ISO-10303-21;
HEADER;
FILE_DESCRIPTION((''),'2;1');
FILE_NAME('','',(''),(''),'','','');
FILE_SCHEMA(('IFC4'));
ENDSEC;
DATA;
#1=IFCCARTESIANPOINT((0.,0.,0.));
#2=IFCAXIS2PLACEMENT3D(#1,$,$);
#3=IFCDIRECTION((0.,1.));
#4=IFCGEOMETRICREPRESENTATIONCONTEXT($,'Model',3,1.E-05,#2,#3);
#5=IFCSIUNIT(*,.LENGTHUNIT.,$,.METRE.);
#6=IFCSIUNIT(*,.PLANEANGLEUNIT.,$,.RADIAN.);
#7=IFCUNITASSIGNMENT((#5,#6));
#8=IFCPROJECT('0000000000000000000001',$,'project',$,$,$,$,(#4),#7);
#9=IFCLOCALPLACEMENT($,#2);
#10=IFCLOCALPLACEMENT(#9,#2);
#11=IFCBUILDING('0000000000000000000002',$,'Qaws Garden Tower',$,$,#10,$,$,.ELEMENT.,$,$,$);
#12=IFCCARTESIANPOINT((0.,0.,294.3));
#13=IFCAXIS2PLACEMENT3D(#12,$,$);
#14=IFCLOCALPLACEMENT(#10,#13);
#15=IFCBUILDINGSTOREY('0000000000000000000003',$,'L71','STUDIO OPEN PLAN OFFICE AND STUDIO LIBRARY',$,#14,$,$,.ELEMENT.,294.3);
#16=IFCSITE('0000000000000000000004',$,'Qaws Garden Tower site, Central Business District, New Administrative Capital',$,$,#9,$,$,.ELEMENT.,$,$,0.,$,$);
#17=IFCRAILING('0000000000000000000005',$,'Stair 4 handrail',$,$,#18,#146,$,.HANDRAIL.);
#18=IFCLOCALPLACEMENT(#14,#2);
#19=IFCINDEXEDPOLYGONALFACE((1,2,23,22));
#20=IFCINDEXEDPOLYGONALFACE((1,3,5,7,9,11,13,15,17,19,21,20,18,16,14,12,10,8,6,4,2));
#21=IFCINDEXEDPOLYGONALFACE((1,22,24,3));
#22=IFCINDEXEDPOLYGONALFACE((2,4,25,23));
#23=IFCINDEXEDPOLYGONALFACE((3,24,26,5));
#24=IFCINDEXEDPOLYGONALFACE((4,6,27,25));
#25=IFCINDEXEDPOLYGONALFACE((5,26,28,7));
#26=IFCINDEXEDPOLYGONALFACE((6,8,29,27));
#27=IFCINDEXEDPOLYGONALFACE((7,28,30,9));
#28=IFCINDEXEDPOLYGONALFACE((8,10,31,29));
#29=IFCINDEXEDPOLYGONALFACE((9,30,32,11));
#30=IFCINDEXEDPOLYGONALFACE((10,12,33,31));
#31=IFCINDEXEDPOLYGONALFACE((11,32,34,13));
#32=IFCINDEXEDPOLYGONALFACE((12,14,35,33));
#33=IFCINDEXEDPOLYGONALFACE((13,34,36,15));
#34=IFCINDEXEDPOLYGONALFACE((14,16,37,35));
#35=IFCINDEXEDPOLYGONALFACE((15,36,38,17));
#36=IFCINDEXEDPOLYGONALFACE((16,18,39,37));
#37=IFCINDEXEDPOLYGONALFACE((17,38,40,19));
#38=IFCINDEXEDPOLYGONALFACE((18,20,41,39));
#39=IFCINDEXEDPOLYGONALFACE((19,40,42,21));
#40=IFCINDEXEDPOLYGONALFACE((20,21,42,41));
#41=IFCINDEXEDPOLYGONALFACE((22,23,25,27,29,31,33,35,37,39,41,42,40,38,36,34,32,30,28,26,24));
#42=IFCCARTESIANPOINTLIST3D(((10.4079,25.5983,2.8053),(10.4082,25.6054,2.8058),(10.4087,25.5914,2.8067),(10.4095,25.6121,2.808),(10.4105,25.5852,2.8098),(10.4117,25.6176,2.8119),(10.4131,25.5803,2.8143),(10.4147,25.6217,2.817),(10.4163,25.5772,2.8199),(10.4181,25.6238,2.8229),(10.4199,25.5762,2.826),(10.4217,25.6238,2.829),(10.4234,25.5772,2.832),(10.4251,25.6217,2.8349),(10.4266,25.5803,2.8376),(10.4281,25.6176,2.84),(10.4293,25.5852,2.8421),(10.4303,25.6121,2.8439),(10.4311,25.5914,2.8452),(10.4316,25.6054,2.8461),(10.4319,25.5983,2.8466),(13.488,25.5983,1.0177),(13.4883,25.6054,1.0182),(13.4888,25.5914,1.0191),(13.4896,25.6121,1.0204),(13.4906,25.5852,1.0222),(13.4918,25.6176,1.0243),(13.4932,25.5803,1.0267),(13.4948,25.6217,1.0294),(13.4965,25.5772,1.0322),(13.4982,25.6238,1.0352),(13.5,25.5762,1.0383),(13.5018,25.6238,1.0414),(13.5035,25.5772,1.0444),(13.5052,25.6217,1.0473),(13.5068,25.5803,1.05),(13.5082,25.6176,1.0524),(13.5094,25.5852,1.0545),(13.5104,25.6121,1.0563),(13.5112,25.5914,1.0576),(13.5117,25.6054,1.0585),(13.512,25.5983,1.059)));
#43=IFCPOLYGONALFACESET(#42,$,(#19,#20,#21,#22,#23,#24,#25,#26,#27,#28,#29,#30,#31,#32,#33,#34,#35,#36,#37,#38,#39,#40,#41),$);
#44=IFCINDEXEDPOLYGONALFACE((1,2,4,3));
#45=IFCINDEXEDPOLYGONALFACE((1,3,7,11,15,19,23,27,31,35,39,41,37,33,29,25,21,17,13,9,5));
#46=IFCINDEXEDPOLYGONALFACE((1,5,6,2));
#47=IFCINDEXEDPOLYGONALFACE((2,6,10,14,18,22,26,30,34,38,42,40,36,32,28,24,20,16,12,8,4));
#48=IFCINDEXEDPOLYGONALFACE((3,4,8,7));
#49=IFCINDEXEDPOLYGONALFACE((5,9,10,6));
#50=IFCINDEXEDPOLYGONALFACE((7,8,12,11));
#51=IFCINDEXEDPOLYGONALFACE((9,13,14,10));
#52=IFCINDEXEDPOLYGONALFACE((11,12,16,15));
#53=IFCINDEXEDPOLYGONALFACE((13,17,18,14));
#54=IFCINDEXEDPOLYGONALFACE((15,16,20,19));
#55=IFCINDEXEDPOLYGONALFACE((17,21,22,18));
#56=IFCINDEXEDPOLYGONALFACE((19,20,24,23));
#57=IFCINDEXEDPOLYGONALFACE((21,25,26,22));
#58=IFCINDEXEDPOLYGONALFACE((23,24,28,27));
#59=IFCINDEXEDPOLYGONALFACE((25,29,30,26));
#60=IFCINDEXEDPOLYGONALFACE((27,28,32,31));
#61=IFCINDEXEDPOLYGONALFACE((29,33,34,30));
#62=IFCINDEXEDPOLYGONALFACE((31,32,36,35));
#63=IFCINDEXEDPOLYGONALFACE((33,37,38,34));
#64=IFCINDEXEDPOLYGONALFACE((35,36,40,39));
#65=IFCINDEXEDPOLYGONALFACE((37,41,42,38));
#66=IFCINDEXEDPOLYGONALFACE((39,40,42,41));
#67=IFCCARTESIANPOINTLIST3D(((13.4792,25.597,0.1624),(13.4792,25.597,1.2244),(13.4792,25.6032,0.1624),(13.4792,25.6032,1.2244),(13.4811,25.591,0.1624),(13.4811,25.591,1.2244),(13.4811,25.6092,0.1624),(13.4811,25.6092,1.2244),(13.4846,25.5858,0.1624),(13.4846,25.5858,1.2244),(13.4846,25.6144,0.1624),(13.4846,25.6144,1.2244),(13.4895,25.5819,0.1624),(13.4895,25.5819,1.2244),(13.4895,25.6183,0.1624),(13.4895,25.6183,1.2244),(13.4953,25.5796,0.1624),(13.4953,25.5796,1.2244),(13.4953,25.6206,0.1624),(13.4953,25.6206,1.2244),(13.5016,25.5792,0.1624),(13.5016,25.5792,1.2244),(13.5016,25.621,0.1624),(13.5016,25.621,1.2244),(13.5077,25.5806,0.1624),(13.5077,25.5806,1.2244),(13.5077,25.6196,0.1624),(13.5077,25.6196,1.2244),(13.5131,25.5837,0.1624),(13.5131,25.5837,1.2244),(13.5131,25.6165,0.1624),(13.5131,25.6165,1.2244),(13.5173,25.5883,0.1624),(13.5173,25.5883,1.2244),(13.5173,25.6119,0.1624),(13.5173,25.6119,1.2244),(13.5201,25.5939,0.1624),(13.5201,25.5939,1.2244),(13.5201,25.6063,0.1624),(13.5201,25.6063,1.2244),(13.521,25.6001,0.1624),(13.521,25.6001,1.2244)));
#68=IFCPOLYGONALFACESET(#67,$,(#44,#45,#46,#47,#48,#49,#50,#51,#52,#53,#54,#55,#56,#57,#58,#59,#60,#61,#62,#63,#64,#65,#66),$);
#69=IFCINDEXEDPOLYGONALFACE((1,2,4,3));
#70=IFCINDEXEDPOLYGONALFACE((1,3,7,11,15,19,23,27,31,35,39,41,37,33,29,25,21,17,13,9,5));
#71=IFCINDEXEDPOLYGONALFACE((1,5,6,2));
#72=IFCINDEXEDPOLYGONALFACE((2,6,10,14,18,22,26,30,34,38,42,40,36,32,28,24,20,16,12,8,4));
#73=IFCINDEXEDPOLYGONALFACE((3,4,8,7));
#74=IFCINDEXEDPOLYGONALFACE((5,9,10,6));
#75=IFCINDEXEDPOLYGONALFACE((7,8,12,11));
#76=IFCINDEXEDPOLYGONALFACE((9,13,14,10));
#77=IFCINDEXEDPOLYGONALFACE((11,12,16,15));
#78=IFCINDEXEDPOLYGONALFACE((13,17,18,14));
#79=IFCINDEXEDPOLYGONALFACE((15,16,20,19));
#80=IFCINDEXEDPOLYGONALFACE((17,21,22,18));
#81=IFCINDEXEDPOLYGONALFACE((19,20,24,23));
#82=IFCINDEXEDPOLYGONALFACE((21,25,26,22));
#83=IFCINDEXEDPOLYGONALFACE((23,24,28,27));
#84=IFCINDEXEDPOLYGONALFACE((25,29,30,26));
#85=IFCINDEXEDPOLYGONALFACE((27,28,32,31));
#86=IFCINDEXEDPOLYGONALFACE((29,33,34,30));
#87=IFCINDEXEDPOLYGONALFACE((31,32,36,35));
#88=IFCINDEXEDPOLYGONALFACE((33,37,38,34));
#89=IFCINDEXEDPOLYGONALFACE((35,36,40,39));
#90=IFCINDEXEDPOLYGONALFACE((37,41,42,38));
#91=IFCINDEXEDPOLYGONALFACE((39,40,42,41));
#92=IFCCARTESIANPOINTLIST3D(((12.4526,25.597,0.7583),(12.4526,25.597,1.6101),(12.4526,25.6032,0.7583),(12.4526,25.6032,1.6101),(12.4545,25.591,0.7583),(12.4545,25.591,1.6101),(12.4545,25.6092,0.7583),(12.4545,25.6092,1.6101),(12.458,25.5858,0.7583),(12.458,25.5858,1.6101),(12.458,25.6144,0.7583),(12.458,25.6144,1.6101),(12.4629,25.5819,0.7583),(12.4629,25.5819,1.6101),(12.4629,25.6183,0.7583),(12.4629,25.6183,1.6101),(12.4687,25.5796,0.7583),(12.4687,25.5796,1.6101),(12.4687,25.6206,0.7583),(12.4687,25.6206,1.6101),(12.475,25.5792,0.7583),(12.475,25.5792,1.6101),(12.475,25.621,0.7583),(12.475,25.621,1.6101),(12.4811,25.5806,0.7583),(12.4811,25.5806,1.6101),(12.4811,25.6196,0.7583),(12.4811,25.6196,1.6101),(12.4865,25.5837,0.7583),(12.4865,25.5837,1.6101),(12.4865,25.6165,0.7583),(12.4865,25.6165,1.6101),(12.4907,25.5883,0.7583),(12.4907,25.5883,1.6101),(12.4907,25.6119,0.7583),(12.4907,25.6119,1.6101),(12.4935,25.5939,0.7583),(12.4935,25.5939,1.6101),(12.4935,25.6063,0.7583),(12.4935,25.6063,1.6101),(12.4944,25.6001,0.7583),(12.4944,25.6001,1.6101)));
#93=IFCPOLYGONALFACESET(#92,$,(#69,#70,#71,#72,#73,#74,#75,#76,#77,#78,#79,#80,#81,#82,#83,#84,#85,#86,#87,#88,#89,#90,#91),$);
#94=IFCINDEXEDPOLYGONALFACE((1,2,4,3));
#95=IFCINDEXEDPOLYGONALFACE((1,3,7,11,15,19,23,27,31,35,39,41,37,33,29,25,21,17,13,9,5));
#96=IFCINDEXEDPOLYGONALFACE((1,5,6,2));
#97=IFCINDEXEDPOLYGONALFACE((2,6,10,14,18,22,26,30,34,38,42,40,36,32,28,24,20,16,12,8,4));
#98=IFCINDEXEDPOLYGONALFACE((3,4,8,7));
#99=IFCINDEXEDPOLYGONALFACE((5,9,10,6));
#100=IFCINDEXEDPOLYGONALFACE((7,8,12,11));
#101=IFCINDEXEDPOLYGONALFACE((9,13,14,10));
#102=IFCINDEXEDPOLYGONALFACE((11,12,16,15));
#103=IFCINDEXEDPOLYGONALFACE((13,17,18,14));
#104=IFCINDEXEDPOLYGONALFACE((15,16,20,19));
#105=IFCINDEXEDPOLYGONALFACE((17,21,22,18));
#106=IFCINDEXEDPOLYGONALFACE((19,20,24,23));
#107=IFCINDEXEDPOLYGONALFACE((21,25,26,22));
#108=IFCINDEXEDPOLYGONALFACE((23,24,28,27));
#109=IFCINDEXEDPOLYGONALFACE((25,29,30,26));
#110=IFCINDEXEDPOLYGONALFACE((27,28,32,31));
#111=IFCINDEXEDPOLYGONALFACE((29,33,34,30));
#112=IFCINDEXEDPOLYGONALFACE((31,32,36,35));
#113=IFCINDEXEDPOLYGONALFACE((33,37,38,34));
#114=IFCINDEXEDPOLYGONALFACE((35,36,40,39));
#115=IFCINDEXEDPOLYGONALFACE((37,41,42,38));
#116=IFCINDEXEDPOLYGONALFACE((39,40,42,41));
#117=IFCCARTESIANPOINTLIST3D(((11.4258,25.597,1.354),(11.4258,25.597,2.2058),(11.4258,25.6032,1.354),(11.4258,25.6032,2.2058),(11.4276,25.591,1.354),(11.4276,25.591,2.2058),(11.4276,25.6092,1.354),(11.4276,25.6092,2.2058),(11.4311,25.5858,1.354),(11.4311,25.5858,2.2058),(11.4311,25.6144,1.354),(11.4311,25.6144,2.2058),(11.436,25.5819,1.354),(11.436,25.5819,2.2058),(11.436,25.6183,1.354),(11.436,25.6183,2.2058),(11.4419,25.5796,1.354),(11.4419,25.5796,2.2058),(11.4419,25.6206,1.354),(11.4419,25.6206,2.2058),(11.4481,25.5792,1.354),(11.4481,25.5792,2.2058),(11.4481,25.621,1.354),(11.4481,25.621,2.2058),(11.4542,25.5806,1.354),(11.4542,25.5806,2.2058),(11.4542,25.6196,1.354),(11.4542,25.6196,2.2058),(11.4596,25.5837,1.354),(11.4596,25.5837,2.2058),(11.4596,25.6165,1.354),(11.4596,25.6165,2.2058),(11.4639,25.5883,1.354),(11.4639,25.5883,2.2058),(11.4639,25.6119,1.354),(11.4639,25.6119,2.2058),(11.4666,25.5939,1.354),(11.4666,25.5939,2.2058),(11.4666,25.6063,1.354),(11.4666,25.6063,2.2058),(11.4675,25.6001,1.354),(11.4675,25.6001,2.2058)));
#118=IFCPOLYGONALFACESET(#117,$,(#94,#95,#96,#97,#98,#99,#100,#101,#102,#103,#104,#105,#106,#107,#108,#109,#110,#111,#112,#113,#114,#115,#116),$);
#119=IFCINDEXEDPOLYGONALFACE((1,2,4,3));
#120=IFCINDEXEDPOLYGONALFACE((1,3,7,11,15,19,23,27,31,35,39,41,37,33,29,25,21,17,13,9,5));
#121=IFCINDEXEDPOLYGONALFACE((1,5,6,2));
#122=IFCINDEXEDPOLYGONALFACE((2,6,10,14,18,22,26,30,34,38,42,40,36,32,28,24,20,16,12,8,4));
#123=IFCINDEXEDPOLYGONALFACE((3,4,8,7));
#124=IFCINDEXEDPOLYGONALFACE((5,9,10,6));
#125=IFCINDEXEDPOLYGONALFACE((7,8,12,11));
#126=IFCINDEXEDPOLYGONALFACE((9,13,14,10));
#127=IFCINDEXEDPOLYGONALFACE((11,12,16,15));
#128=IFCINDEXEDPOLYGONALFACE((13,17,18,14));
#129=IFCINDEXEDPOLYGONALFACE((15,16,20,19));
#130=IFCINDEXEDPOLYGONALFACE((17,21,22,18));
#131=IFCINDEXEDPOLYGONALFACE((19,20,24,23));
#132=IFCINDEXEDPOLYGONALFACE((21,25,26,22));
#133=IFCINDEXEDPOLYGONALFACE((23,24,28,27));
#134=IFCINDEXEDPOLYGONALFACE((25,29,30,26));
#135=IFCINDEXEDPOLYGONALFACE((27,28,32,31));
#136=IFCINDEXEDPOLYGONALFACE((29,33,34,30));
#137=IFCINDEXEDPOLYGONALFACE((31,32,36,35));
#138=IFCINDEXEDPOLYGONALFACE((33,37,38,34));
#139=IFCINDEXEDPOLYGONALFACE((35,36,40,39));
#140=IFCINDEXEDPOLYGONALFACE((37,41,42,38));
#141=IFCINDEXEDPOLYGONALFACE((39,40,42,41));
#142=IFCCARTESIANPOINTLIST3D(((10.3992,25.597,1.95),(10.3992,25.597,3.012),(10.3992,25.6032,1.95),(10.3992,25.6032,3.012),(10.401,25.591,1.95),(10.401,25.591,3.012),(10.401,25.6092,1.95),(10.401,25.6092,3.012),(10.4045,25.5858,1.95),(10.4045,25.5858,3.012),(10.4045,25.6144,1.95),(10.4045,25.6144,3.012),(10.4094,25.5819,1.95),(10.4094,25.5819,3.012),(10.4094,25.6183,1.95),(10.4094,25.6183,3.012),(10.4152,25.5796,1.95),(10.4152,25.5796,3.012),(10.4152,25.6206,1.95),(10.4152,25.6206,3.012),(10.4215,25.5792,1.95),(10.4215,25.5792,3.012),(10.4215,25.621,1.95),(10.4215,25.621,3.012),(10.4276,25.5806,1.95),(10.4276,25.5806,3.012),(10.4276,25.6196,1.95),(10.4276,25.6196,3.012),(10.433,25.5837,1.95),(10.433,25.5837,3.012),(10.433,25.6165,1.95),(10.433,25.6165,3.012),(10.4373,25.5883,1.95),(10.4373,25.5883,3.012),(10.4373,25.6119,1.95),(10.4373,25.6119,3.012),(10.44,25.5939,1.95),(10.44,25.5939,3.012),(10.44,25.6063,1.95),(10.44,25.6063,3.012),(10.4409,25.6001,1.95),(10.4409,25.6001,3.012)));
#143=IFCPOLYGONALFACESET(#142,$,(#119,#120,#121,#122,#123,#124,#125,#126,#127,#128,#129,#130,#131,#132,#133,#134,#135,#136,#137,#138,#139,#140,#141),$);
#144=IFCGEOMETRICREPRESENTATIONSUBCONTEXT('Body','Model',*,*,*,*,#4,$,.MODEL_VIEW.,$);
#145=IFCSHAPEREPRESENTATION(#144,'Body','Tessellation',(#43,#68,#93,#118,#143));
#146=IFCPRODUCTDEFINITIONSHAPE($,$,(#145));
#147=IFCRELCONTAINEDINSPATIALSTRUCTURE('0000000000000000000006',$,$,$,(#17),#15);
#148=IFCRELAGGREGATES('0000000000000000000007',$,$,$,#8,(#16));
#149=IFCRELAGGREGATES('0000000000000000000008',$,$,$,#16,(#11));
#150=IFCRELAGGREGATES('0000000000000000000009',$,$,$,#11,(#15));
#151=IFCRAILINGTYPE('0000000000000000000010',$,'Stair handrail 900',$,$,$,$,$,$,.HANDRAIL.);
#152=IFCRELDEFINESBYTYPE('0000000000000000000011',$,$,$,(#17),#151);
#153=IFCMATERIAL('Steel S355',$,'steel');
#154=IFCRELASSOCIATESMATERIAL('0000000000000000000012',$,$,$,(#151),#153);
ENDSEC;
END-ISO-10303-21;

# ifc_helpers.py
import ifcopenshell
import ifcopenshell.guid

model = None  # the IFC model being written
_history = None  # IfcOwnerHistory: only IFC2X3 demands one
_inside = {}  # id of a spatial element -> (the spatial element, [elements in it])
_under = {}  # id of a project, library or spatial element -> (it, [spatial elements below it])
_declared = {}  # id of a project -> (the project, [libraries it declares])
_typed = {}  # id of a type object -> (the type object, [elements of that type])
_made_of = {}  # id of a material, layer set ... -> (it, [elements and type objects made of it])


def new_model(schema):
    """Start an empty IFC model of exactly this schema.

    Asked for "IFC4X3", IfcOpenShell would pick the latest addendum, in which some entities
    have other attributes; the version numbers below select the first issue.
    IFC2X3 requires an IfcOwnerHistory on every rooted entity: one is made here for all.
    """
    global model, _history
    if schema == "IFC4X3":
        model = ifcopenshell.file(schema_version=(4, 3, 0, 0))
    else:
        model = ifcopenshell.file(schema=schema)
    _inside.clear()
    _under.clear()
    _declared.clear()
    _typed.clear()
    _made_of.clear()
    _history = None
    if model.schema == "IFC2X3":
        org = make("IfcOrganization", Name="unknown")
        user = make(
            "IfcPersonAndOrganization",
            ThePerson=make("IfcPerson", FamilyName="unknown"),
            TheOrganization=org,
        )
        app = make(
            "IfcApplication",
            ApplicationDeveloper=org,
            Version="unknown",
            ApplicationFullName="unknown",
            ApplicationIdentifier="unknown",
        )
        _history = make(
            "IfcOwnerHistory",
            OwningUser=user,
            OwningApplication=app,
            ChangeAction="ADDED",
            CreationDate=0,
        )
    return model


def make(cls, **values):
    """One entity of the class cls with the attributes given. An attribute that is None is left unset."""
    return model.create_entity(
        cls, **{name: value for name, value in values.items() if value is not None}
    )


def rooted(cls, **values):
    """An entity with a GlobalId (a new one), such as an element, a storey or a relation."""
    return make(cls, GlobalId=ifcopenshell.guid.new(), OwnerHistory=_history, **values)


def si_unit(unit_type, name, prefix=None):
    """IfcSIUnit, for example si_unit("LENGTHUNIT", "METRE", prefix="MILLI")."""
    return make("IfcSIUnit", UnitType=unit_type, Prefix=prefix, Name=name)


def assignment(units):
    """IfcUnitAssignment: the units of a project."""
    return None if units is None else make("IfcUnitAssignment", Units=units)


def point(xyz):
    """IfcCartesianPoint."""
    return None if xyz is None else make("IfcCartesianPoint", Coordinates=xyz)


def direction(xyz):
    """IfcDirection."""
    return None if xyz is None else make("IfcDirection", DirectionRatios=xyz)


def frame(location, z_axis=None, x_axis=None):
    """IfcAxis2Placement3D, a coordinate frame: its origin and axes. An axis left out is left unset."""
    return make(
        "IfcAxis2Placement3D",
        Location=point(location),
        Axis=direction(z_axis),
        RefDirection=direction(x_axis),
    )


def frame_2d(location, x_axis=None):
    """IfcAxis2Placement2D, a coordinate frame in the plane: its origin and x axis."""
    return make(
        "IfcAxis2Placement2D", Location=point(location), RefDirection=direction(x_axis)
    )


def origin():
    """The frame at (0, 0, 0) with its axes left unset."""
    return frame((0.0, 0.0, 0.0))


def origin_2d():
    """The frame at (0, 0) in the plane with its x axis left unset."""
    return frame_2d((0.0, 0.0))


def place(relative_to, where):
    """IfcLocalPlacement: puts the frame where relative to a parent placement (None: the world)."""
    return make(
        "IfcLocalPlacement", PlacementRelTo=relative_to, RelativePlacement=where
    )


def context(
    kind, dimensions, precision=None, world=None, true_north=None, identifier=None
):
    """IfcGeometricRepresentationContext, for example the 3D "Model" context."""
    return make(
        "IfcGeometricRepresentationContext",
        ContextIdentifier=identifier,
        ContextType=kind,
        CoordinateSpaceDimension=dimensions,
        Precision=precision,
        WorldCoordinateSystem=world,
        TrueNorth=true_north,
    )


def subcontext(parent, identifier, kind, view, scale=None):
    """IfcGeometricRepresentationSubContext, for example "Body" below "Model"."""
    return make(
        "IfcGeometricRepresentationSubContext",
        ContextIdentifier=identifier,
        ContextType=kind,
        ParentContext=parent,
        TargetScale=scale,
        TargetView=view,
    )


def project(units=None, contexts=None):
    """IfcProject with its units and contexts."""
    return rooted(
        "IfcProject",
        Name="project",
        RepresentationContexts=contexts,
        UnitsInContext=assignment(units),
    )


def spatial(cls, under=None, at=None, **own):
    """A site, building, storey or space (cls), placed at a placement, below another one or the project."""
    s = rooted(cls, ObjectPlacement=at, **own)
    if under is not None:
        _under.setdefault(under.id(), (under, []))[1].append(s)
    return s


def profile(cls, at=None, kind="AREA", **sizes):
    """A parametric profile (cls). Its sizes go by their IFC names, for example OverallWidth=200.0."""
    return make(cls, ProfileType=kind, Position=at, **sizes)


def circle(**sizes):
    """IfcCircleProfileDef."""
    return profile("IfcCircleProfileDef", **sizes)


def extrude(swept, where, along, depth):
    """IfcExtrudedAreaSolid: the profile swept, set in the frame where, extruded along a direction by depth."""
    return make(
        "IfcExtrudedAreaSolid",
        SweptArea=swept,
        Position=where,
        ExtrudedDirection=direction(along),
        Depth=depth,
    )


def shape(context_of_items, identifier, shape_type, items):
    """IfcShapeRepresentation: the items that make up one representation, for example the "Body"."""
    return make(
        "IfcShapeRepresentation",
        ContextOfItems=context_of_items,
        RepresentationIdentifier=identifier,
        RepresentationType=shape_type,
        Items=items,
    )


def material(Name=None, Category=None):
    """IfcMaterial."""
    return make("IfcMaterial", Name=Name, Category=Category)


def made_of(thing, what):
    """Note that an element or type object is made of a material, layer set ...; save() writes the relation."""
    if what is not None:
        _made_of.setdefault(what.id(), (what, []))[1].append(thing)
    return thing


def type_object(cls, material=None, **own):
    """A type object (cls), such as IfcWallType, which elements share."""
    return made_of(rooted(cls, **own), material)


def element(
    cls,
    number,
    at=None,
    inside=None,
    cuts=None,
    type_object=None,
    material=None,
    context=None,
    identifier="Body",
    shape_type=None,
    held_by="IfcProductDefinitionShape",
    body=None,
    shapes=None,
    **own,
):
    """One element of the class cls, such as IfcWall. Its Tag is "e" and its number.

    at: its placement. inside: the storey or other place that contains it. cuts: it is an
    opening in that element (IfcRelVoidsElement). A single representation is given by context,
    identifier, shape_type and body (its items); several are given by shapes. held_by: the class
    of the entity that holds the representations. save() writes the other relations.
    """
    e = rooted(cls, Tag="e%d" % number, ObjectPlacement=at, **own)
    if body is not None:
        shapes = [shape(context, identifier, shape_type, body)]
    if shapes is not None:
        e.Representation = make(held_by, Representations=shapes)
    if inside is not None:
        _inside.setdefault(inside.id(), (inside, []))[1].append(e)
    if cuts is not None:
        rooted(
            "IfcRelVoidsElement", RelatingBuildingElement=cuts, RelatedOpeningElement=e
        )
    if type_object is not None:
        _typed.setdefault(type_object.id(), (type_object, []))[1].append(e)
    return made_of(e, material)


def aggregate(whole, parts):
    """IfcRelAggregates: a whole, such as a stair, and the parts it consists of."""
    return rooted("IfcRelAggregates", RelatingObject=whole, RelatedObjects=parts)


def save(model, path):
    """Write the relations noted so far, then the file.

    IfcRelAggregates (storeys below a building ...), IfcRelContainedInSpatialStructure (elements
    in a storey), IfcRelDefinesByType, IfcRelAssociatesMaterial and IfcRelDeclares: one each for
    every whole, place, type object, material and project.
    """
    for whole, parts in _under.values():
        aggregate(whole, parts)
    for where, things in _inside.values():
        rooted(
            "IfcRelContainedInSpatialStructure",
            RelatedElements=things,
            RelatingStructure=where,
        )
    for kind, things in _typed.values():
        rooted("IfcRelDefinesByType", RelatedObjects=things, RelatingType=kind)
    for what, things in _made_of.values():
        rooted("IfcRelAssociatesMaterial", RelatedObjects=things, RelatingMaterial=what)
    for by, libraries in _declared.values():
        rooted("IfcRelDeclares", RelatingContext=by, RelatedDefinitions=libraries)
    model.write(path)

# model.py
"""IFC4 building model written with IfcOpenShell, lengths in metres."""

from ifc_helpers import new_model, si_unit, direction, frame, origin, origin_2d, place, context, subcontext, project, spatial, circle, extrude, material, type_object, element, save


model = new_model("IFC4")

# Units and contexts
model_context = context("Model", 3, precision=1e-05, world=origin(), true_north=direction((0.0, 1.0)))
body_context = subcontext(model_context, "Body", "Model", "MODEL_VIEW")
ifc_project = project(units=[si_unit("LENGTHUNIT", "METRE"), si_unit("PLANEANGLEUNIT", "RADIAN")], contexts=[model_context])

# Site, building, storey
site_placement = place(None, origin())
site = spatial("IfcSite", under=ifc_project, at=site_placement, Name="Qaws Garden Tower site, Central Business District, New Administrative Capital", CompositionType="ELEMENT", RefElevation=0.0)
building_placement = place(site_placement, origin())
building = spatial("IfcBuilding", under=site, at=building_placement, Name="Qaws Garden Tower", CompositionType="ELEMENT")
storey_placement = place(building_placement, frame((0.0, 0.0, 294.3)))
storey = spatial("IfcBuildingStorey", under=building, at=storey_placement, Name="L71", Description="STUDIO OPEN PLAN OFFICE AND STUDIO LIBRARY", CompositionType="ELEMENT", Elevation=294.3)

# Railing
ifc_material_1 = material(Name="Steel S355", Category="steel")
railing_type = type_object("IfcRailingType", Name="Stair handrail 900", PredefinedType="HANDRAIL", material=ifc_material_1)
railing_1_placement = place(storey_placement, frame((13.5, 25.6001, 0.1624)))
element("IfcRailing", 1, at=railing_1_placement, inside=storey, type_object=railing_type, Name="Stair 4 handrail", PredefinedType="HANDRAIL", context=body_context, shape_type="SweptSolid", body=[
    extrude(circle(Radius=0.0239, at=origin_2d()), frame((0.0, 0.0, 0.876), z_axis=(-0.864891, 0.0, 0.50196), x_axis=(0.0, -1.0, 0.0)), (0.0, 0.0, 1.0), 3.5613),
    extrude(circle(Radius=0.021, at=origin_2d()), origin(), (0.0, 0.0, 1.0), 1.062),
    extrude(circle(Radius=0.021, at=origin_2d()), frame((-1.0266, 0.0, 0.5959)), (0.0, 0.0, 1.0), 0.8518),
    extrude(circle(Radius=0.021, at=origin_2d()), frame((-2.0535, 0.0, 1.1917)), (0.0, 0.0, 1.0), 0.8518),
    extrude(circle(Radius=0.021, at=origin_2d()), frame((-3.0801, 0.0, 1.7876)), (0.0, 0.0, 1.0), 1.062),
])

save(model, "model.ifc")
